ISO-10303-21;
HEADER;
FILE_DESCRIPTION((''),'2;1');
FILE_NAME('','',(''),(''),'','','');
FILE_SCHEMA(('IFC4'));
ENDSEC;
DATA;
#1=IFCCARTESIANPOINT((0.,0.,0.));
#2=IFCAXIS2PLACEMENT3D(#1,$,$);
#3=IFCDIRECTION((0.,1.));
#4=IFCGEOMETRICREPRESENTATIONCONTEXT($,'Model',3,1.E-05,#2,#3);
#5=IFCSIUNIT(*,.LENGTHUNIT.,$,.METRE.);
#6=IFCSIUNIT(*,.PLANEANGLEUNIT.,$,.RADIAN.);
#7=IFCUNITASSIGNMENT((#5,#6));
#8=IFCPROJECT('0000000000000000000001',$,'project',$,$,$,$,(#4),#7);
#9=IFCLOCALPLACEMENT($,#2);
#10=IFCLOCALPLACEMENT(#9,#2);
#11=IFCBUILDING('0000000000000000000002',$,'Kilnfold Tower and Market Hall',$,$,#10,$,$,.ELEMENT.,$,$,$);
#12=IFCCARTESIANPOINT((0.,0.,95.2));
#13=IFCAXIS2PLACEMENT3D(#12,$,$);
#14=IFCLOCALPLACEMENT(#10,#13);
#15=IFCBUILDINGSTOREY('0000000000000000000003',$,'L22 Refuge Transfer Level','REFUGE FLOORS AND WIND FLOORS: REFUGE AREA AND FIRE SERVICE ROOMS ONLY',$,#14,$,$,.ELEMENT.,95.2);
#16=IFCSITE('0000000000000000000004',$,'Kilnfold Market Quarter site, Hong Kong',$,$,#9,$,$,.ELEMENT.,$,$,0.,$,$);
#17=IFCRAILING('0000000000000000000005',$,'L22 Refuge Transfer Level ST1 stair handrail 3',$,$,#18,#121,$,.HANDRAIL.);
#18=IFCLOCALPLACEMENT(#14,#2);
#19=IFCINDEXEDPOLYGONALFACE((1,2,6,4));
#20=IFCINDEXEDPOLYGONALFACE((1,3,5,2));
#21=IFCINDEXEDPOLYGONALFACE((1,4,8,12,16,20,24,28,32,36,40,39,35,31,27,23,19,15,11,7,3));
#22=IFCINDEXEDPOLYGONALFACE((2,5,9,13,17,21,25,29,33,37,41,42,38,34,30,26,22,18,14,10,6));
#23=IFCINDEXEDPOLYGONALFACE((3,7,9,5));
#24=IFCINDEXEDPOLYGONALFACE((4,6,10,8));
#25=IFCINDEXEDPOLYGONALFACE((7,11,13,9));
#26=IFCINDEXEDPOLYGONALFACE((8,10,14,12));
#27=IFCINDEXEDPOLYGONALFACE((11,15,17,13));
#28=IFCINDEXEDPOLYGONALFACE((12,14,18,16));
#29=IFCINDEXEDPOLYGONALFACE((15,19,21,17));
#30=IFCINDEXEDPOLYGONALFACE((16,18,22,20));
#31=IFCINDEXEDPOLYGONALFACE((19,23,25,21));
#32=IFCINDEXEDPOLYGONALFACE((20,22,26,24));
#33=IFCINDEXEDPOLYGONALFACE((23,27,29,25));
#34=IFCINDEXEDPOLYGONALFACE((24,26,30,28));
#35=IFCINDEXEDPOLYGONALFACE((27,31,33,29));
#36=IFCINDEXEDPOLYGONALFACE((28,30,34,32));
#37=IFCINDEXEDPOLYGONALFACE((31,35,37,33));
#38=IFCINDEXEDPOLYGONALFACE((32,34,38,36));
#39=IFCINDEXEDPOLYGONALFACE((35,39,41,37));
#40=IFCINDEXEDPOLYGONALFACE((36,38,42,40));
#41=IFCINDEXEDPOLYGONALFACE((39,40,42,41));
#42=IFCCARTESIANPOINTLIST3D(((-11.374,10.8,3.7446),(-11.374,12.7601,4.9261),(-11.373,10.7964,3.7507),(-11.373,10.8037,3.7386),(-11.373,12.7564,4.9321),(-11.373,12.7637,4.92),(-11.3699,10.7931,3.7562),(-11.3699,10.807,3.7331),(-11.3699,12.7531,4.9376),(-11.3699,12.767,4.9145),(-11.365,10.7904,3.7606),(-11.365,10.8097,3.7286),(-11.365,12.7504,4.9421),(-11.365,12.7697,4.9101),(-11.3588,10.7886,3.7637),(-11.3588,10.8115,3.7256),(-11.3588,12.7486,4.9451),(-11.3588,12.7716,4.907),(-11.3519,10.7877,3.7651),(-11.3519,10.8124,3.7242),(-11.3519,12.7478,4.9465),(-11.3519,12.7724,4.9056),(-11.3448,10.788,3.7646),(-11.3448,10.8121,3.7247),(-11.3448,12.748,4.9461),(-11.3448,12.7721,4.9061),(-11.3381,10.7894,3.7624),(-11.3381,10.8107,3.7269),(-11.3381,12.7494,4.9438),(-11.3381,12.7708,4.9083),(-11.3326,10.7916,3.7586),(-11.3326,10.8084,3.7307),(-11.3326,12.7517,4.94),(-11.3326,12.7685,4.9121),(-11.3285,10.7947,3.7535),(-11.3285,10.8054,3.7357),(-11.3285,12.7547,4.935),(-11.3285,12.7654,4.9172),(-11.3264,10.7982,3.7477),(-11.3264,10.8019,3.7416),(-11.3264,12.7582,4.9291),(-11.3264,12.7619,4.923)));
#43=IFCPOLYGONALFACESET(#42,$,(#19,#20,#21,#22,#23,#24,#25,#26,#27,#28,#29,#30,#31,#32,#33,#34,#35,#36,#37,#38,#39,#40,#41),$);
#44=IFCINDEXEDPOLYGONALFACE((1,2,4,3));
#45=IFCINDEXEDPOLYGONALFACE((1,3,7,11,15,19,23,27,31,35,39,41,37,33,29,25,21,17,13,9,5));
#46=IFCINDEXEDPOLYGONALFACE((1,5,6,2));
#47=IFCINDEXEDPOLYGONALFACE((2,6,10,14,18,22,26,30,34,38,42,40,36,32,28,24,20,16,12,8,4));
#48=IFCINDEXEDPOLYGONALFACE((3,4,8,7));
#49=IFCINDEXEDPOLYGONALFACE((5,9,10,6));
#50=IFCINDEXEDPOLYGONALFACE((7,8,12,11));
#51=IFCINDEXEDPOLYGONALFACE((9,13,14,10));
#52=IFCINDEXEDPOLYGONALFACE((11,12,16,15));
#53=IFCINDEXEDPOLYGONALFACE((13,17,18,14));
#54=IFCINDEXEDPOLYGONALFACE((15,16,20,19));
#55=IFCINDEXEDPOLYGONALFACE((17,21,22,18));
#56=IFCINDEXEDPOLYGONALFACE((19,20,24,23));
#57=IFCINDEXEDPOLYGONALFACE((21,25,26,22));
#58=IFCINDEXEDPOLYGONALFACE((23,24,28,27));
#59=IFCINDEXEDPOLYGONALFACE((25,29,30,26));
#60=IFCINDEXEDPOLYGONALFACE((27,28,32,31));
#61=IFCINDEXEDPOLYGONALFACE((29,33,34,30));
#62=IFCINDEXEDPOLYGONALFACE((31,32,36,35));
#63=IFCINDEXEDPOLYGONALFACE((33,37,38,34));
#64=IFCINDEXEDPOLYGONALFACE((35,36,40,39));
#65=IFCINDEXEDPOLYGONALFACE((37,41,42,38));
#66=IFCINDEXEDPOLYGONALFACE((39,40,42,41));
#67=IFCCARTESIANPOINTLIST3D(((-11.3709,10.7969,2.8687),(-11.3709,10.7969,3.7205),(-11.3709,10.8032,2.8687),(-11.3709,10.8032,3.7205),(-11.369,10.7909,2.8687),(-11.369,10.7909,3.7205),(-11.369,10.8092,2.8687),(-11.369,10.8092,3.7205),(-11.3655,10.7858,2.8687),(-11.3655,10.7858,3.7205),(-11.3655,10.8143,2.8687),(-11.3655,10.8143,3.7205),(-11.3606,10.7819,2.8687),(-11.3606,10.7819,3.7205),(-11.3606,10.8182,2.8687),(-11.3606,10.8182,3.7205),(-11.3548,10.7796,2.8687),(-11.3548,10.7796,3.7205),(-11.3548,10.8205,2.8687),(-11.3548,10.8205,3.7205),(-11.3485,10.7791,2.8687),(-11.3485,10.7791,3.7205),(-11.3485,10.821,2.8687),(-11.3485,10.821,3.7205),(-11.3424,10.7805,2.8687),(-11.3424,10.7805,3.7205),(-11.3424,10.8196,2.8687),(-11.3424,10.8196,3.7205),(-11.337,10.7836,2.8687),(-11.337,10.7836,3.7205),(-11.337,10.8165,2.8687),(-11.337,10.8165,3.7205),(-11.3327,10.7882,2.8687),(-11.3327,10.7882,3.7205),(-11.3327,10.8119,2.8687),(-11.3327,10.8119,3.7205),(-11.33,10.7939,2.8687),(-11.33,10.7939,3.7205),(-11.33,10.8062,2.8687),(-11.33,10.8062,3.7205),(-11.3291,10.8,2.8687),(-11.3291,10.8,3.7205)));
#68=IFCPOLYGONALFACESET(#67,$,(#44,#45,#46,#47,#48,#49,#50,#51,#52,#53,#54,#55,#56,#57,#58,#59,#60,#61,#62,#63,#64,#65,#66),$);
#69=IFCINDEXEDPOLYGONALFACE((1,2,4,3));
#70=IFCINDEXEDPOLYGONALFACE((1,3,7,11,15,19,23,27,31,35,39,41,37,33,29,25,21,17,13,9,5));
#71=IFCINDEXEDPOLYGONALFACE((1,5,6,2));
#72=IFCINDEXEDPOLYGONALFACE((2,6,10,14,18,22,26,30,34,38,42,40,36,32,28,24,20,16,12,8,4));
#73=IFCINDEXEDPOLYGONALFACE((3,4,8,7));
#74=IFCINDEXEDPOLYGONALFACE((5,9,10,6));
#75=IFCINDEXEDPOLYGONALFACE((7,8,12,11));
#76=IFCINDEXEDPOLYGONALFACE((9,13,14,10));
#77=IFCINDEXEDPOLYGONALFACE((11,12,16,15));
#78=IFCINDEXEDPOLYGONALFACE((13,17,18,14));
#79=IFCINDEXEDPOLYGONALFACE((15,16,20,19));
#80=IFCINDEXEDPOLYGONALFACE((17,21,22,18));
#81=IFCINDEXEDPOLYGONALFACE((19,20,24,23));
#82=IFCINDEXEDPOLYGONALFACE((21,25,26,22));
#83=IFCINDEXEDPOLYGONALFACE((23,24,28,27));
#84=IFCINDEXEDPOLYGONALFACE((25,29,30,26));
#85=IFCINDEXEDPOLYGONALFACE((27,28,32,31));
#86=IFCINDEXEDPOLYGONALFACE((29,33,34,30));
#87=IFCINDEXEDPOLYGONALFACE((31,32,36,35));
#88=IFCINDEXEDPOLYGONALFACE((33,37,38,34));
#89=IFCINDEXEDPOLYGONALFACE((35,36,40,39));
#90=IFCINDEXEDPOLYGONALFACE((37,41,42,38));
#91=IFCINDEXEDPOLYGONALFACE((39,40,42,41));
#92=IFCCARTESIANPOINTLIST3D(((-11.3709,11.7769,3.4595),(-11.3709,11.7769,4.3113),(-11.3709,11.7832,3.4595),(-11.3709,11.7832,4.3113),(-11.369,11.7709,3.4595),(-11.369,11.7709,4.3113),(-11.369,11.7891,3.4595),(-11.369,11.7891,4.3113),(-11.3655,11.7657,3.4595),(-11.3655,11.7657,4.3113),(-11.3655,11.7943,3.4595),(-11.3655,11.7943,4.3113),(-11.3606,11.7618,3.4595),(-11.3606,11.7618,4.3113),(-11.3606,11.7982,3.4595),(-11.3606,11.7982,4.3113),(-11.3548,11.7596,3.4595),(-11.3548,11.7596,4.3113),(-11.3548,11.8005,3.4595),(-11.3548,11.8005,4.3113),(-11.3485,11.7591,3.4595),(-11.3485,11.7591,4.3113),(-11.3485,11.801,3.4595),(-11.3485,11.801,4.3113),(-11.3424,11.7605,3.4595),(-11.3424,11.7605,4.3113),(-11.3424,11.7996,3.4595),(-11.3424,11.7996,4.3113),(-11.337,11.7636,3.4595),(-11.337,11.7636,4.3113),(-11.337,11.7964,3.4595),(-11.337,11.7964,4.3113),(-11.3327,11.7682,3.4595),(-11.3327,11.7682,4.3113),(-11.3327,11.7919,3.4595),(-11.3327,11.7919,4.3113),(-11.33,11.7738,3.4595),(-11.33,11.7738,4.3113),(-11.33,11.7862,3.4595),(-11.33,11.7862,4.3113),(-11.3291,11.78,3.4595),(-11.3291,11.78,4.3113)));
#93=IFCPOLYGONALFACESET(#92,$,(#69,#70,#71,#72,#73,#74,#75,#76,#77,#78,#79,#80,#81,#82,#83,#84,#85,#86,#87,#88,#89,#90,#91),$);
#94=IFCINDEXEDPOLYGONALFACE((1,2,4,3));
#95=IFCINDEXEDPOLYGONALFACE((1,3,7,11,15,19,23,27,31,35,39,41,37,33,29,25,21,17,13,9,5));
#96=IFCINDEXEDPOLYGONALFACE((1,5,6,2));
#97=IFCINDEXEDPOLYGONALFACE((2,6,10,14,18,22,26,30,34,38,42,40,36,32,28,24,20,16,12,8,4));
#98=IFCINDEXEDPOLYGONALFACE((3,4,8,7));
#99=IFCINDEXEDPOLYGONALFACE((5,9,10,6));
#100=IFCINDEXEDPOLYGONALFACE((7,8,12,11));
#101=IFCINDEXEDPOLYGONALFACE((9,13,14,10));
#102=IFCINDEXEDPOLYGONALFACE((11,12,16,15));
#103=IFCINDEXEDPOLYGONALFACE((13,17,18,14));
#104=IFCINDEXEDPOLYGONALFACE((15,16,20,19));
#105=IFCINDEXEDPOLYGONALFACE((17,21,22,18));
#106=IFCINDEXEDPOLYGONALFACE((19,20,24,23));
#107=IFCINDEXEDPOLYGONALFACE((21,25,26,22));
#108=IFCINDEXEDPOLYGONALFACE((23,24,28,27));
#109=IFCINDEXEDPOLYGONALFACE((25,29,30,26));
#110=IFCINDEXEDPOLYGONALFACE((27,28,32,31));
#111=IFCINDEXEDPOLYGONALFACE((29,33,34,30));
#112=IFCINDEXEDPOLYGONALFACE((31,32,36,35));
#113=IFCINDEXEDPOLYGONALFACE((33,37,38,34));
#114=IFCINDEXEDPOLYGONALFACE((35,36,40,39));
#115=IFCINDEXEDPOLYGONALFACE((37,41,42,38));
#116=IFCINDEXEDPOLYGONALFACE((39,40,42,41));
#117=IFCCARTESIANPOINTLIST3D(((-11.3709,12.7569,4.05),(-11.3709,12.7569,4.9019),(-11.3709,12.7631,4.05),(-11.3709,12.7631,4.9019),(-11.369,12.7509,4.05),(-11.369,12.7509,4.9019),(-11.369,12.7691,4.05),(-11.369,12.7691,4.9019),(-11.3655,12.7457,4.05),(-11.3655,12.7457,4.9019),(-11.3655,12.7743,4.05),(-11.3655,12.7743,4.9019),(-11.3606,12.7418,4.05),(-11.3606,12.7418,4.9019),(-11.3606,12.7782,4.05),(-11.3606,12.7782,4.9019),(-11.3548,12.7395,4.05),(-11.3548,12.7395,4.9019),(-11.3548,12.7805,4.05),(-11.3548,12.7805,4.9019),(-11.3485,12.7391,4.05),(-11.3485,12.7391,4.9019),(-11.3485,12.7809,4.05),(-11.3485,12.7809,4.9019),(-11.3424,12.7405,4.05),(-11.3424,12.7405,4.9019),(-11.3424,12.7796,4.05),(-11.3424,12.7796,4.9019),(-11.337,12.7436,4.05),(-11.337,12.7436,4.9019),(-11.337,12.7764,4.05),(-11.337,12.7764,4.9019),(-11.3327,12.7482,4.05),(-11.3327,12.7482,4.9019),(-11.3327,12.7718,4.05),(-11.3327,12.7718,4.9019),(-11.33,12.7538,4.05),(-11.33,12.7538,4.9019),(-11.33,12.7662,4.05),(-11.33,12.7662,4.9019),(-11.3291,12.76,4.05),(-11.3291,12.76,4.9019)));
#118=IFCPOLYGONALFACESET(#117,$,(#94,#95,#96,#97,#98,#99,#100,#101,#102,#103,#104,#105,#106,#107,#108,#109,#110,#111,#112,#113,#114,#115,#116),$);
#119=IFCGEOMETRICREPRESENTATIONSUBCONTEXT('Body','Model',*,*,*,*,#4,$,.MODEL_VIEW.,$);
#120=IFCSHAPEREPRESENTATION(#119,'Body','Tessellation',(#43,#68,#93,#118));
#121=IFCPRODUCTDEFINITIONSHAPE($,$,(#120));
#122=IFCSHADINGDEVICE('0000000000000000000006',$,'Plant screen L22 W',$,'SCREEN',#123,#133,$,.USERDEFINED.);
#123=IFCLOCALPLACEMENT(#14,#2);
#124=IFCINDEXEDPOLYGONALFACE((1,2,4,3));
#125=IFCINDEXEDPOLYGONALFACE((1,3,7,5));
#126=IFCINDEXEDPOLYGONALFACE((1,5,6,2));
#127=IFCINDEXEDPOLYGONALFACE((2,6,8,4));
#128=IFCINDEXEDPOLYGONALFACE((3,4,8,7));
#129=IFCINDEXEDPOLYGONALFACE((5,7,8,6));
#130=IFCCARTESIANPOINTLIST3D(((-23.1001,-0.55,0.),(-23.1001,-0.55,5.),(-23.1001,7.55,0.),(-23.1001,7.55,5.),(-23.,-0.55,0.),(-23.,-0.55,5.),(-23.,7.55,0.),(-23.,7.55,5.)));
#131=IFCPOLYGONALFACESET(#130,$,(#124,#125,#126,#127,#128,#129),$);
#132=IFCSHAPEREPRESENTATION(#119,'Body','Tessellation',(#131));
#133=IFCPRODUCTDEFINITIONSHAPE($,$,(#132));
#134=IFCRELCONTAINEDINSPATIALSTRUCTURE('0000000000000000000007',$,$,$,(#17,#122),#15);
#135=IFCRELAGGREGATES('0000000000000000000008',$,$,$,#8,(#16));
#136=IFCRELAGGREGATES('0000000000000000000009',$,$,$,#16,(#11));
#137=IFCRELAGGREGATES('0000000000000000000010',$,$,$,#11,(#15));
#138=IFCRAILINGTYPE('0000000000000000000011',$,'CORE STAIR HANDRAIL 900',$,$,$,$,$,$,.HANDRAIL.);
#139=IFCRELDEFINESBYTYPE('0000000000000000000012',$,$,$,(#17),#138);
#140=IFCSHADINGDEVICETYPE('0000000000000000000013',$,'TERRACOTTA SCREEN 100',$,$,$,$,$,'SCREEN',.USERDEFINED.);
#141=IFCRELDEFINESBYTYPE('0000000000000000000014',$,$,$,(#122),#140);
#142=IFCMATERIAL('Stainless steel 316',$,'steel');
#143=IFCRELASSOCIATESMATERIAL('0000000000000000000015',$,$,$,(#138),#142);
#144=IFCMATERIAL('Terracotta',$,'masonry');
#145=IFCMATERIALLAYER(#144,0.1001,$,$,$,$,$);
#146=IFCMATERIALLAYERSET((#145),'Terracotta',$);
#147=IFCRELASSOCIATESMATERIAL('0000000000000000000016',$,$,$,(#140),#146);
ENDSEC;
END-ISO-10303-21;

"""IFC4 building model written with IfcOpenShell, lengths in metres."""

from ifc_helpers import new_model, si_unit, direction, frame, origin, origin_2d, place, context, subcontext, project, spatial, rectangle, circle, extrude, source, transform, mapped, material, layer, layer_set, type_object, element, save


model = new_model("IFC4")

# Units and contexts
model_context = context("Model", 3, precision=1e-05, world=origin(), true_north=direction((0.0, 1.0)))
body_context = subcontext(model_context, "Body", "Model", "MODEL_VIEW")
ifc_project = project(units=[si_unit("LENGTHUNIT", "METRE"), si_unit("PLANEANGLEUNIT", "RADIAN")], contexts=[model_context])

# Site, building, storey
site_placement = place(None, origin())
site = spatial("IfcSite", under=ifc_project, at=site_placement, Name="Kilnfold Market Quarter site, Hong Kong", CompositionType="ELEMENT", RefElevation=0.0)
building_placement = place(site_placement, origin())
building = spatial("IfcBuilding", under=site, at=building_placement, Name="Kilnfold Tower and Market Hall", CompositionType="ELEMENT")
storey_placement = place(building_placement, frame((0.0, 0.0, 95.2)))
storey = spatial("IfcBuildingStorey", under=building, at=storey_placement, Name="L22 Refuge Transfer Level", Description="REFUGE FLOORS AND WIND FLOORS: REFUGE AREA AND FIRE SERVICE ROOMS ONLY", CompositionType="ELEMENT", Elevation=95.2)

# Railing
ifc_material_1 = material(Name="Stainless steel 316", Category="steel")
railing_type_1 = type_object("IfcRailingType", Name="CORE STAIR HANDRAIL 900", PredefinedType="HANDRAIL", material=ifc_material_1)
railing_1_placement = place(storey_placement, frame((-11.3501, 10.8, 2.8687)))
element("IfcRailing", 1, at=railing_1_placement, inside=storey, type_object=railing_type_1, Name="L22 Refuge Transfer Level ST1 stair handrail 3", PredefinedType="HANDRAIL", context=body_context, shape_type="SweptSolid", body=[
    extrude(circle(Radius=0.0239, at=origin_2d()), frame((0.0, 0.0, 0.876), z_axis=(0.0, 0.856446, 0.516236), x_axis=(-1.0, 0.0, 0.0)), (0.0, 0.0, 1.0), 2.2886),
    extrude(circle(Radius=0.021, at=origin_2d()), origin(), (0.0, 0.0, 1.0), 0.8518),
    extrude(circle(Radius=0.021, at=origin_2d()), frame((0.0, 0.98, 0.5908)), (0.0, 0.0, 1.0), 0.8518),
    extrude(circle(Radius=0.021, at=origin_2d()), frame((0.0, 1.96, 1.1814)), (0.0, 0.0, 1.0), 0.8518),
])

# Shading device
ifc_material_2 = material(Name="Terracotta", Category="masonry")
ifc_layer_1 = layer(ifc_material_2, 0.1001)
ifc_layer_set_1 = layer_set([ifc_layer_1], Name="Terracotta")
shading_device_type = type_object("IfcShadingDeviceType", Name="TERRACOTTA SCREEN 100", ElementType="SCREEN", PredefinedType="USERDEFINED", material=ifc_layer_set_1)
shared_shape_1 = source(origin(), body_context, "Body", "SweptSolid", [
    extrude(rectangle(XDim=8.1001, YDim=0.1001, at=origin_2d()), origin(), (0.0, 0.0, 1.0), 5.0),
])
shading_device_placement = place(storey_placement, frame((-23.05, 3.5, 0.0), z_axis=(0.0, 0.0, 1.0), x_axis=(0.0, -1.0, 0.0)))
element("IfcShadingDevice", 2, at=shading_device_placement, inside=storey, type_object=shading_device_type, Name="Plant screen L22 W", ObjectType="SCREEN", PredefinedType="USERDEFINED", context=body_context, shape_type="MappedRepresentation", body=[
    mapped(shared_shape_1, transform((0.0, 0.0, 0.0))),
])

save(model, "model.ifc")
